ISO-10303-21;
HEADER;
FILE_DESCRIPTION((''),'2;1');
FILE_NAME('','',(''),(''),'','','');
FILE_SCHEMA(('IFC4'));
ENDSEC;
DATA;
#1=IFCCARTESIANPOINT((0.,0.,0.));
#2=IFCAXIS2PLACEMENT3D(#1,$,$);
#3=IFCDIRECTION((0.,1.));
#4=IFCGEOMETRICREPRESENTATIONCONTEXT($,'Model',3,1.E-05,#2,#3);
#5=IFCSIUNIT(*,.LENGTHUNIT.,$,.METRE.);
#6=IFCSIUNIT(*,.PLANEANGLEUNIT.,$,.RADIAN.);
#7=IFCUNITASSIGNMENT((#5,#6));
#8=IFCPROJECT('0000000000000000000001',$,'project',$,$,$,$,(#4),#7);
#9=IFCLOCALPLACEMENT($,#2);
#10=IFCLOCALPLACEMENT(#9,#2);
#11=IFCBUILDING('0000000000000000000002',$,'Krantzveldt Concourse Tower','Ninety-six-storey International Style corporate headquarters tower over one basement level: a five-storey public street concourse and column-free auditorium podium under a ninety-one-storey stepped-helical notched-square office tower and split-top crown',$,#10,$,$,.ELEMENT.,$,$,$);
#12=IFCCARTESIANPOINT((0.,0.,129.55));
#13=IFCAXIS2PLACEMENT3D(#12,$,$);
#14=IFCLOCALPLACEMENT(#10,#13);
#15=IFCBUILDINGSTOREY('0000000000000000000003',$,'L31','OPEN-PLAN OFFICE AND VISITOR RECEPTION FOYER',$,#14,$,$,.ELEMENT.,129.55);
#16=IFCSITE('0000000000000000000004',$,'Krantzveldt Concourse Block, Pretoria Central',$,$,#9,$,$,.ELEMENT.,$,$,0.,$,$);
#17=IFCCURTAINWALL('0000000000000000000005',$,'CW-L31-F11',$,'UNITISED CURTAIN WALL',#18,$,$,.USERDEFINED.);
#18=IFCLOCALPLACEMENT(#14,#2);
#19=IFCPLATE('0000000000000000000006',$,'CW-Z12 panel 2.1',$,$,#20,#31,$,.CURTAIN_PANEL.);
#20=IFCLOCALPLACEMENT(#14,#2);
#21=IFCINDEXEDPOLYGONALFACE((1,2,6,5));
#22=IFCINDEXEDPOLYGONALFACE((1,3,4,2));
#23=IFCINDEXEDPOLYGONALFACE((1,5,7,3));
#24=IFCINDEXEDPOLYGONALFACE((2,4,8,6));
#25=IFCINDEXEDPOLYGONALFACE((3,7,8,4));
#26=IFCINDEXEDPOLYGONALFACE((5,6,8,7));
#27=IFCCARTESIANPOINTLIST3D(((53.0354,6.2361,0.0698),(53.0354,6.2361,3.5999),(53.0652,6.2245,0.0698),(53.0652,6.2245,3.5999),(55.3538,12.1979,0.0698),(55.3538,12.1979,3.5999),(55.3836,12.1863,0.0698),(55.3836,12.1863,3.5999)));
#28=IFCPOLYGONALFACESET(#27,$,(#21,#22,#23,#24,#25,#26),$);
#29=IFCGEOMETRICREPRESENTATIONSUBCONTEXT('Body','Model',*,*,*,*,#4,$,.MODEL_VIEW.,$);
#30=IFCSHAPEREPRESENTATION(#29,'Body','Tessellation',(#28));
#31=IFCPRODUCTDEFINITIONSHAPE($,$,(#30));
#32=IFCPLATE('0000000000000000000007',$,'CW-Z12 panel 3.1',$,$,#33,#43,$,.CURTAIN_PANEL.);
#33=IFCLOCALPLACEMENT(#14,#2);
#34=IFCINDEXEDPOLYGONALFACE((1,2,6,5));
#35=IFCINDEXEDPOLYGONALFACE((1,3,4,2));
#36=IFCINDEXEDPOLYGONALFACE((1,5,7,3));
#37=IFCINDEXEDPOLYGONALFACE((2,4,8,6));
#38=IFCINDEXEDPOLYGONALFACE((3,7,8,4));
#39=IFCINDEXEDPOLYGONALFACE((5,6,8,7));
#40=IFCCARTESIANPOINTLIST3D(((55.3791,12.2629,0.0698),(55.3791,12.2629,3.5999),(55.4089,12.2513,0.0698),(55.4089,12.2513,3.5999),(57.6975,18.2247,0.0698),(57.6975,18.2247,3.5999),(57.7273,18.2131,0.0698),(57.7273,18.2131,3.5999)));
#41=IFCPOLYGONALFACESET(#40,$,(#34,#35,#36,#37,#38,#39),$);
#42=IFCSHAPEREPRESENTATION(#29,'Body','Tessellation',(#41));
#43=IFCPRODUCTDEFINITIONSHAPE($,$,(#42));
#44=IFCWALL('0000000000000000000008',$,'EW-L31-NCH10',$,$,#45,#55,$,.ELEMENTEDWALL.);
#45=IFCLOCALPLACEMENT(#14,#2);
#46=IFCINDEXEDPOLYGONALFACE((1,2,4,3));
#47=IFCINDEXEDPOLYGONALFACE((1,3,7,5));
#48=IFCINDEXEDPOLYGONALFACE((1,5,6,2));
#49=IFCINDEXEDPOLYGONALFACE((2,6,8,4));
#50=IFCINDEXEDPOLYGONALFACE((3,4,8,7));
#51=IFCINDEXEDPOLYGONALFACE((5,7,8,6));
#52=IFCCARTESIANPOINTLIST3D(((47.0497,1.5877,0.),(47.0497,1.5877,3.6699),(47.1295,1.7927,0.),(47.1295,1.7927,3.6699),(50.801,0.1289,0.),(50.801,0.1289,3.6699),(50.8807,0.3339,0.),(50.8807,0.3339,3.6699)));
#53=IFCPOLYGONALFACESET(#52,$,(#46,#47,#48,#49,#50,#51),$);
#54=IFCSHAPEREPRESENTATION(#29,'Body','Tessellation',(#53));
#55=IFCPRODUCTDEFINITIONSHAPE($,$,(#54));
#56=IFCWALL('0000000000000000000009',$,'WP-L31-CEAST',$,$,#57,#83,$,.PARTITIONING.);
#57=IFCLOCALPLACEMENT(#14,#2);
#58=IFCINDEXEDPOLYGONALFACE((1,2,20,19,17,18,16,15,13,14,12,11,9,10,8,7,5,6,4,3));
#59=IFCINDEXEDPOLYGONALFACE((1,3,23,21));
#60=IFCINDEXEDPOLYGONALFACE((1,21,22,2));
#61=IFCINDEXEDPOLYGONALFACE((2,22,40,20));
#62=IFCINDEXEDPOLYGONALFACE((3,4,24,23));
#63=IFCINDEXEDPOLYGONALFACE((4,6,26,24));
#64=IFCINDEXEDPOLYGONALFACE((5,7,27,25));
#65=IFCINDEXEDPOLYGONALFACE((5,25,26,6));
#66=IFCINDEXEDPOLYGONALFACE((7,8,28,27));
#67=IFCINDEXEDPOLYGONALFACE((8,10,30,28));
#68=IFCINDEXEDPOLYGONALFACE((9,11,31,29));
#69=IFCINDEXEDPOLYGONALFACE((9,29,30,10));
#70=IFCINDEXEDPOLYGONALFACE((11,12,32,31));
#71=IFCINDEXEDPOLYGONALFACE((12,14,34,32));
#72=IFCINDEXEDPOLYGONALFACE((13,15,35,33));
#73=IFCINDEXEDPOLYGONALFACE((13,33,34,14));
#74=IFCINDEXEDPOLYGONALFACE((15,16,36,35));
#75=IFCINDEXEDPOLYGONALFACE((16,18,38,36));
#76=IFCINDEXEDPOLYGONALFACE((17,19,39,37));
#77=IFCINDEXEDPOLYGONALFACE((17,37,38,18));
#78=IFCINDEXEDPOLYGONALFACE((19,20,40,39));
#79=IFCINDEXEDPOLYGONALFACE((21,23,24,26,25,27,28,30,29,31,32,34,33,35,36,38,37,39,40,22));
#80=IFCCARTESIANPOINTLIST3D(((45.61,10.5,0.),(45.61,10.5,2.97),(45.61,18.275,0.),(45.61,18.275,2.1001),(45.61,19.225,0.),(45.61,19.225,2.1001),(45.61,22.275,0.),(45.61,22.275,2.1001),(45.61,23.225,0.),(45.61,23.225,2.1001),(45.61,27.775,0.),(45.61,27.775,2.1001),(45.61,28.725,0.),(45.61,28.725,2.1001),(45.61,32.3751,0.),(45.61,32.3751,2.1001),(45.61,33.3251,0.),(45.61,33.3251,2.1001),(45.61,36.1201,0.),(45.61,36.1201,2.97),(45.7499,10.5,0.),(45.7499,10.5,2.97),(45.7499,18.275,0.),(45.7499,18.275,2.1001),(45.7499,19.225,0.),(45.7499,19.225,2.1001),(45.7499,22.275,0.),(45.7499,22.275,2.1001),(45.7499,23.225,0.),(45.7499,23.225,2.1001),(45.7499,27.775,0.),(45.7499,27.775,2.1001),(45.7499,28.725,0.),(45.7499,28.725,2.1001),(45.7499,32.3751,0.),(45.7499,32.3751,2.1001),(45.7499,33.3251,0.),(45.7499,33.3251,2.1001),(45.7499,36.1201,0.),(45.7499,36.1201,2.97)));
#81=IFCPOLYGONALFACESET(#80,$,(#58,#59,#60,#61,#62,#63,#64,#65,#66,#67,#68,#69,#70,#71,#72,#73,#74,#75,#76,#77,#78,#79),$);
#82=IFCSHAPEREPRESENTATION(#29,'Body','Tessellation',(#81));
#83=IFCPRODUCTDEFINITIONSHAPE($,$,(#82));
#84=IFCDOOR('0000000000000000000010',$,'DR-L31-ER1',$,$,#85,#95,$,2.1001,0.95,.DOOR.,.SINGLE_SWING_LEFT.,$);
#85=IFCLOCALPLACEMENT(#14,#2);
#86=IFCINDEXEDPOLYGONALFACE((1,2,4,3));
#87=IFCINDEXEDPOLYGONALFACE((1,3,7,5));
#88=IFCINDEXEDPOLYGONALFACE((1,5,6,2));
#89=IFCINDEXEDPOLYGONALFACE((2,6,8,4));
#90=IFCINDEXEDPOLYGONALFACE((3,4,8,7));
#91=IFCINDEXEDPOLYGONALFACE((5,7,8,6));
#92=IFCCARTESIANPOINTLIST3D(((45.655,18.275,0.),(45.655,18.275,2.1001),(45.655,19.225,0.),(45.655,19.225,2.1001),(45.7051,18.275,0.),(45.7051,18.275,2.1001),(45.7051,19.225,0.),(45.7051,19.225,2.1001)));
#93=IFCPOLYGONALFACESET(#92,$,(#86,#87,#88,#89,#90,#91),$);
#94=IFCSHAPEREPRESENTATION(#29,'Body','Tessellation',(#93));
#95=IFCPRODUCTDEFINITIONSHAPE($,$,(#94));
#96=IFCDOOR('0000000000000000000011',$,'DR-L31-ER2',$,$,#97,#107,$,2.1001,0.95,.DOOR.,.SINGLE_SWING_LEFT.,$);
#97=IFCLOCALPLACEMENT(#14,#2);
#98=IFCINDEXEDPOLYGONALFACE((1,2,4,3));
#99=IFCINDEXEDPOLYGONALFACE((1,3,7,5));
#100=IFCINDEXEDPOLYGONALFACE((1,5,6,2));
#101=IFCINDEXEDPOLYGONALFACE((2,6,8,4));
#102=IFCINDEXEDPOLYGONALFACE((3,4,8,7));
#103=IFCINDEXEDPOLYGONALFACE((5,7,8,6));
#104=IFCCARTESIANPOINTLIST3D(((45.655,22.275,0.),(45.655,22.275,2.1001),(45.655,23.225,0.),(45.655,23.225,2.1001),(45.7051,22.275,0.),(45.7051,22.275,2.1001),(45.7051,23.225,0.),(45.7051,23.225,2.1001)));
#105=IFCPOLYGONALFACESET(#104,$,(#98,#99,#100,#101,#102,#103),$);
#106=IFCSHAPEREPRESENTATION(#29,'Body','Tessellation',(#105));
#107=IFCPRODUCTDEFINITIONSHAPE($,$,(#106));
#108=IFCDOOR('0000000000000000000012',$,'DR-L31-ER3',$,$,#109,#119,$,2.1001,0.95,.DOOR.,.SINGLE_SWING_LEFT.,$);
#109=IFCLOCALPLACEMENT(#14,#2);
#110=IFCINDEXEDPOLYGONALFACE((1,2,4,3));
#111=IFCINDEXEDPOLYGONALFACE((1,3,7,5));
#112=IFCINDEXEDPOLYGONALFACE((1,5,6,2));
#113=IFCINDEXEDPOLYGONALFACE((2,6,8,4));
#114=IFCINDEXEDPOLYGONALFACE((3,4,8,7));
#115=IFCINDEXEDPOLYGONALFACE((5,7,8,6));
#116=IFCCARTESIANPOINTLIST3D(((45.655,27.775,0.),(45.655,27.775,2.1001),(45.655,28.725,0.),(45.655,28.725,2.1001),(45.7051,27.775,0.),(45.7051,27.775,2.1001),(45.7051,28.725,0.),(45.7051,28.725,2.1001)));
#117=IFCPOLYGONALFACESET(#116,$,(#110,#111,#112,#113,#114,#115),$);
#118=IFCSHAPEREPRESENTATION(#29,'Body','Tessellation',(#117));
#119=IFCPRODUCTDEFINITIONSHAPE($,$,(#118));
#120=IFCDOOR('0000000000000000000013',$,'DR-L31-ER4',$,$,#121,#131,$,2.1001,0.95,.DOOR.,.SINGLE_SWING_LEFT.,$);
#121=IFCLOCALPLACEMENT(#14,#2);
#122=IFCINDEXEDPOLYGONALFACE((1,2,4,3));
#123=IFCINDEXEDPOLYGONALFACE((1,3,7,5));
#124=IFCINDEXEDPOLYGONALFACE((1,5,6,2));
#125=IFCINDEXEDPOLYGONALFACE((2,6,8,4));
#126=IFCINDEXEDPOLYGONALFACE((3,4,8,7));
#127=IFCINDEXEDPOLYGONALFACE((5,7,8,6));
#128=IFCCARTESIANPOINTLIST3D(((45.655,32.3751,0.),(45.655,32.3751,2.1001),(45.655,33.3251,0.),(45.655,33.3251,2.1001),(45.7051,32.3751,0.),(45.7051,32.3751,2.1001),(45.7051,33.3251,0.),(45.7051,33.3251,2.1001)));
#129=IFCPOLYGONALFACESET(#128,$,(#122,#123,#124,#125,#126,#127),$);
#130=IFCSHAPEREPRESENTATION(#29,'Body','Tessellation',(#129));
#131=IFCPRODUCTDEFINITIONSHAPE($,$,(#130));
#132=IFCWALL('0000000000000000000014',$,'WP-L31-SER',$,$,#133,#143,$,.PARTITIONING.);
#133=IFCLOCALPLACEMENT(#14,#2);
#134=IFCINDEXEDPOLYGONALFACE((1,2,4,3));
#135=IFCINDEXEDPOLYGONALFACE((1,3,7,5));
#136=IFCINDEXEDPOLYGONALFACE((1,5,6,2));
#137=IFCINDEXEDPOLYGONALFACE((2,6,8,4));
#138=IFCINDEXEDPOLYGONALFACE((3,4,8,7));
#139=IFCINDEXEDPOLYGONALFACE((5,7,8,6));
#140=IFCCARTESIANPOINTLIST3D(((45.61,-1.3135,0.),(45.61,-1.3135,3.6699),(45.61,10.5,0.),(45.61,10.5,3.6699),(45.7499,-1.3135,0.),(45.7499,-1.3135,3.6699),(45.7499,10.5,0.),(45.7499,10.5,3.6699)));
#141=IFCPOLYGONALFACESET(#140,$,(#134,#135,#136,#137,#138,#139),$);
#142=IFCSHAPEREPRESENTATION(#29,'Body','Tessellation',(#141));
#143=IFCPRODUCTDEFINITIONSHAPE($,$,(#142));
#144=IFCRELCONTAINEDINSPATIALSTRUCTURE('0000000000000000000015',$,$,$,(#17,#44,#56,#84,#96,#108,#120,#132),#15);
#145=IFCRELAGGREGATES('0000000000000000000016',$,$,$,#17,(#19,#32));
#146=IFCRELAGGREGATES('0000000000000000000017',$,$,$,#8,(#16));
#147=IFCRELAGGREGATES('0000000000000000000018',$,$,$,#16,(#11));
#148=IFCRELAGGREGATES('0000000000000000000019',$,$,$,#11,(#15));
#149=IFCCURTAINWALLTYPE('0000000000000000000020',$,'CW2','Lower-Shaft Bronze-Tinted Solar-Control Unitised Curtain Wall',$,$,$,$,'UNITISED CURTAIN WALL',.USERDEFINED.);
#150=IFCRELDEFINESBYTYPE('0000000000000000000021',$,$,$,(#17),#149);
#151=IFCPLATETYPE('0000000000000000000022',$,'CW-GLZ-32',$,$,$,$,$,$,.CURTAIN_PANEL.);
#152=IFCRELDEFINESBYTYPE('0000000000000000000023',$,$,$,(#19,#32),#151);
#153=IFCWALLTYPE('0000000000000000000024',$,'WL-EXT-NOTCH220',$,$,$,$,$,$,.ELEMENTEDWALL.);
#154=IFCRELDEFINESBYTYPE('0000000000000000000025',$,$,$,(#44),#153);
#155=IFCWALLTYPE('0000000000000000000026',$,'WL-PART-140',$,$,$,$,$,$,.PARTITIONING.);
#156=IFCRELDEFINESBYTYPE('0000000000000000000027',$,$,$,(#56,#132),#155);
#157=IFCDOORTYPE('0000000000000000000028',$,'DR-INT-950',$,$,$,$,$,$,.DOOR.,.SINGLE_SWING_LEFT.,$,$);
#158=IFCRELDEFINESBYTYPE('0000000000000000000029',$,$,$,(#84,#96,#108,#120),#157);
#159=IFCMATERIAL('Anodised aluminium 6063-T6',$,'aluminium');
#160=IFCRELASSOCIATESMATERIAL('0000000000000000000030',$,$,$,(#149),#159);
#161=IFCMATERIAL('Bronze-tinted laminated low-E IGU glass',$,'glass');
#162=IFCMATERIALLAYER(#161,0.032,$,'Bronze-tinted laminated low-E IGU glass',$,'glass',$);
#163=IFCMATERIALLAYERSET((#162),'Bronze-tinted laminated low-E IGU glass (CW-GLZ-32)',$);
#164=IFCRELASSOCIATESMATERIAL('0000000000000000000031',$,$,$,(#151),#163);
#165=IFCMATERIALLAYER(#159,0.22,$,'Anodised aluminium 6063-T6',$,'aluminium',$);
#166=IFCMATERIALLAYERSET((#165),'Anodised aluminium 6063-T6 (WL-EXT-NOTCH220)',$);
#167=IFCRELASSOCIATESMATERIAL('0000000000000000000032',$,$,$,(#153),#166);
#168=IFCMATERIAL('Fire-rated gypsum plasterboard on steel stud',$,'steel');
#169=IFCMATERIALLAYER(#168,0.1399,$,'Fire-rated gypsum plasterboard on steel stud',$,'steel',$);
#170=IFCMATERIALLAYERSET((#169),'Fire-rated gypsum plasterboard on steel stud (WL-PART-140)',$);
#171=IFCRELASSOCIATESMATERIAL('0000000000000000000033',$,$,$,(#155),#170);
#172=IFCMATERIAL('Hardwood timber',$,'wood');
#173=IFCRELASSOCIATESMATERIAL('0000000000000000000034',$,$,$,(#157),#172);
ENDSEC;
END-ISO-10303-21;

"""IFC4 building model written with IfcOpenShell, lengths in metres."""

from ifc_helpers import new_model, si_unit, direction, frame, frame_2d, origin, origin_2d, place, context, subcontext, project, spatial, rectangle, extrude, source, transform, mapped, material, layer, layer_set, type_object, element, fill, aggregate, save


model = new_model("IFC4")

# Units and contexts
model_context = context("Model", 3, precision=1e-05, world=origin(), true_north=direction((0.0, 1.0)))
body_context = subcontext(model_context, "Body", "Model", "MODEL_VIEW")
ifc_project = project(units=[si_unit("LENGTHUNIT", "METRE"), si_unit("PLANEANGLEUNIT", "RADIAN")], contexts=[model_context])

# Site, building, storey
site_placement = place(None, origin())
site = spatial("IfcSite", under=ifc_project, at=site_placement, Name="Krantzveldt Concourse Block, Pretoria Central", CompositionType="ELEMENT", RefElevation=0.0)
building_placement = place(site_placement, origin())
building = spatial("IfcBuilding", under=site, at=building_placement, Name="Krantzveldt Concourse Tower", Description="Ninety-six-storey International Style corporate headquarters tower over one basement level: a five-storey public street concourse and column-free auditorium podium under a ninety-one-storey stepped-helical notched-square office tower and split-top crown", CompositionType="ELEMENT")
storey_placement = place(building_placement, frame((0.0, 0.0, 129.55)))
storey = spatial("IfcBuildingStorey", under=building, at=storey_placement, Name="L31", Description="OPEN-PLAN OFFICE AND VISITOR RECEPTION FOYER", CompositionType="ELEMENT", Elevation=129.55)

# Curtain wall, plates
ifc_material_1 = material(Name="Anodised aluminium 6063-T6", Category="aluminium")
curtain_wall_type = type_object("IfcCurtainWallType", Name="CW2", Description="Lower-Shaft Bronze-Tinted Solar-Control Unitised Curtain Wall", ElementType="UNITISED CURTAIN WALL", PredefinedType="USERDEFINED", material=ifc_material_1)
curtain_wall_placement = place(storey_placement, origin())
curtain_wall = element("IfcCurtainWall", 1, at=curtain_wall_placement, inside=storey, type_object=curtain_wall_type, Name="CW-L31-F11", ObjectType="UNITISED CURTAIN WALL", PredefinedType="USERDEFINED")
ifc_material_2 = material(Name="Bronze-tinted laminated low-E IGU glass", Category="glass")
ifc_layer_1 = layer(ifc_material_2, 0.032, Name="Bronze-tinted laminated low-E IGU glass", Category="glass")
ifc_layer_set_1 = layer_set([ifc_layer_1], Name="Bronze-tinted laminated low-E IGU glass (CW-GLZ-32)")
plate_type = type_object("IfcPlateType", Name="CW-GLZ-32", PredefinedType="CURTAIN_PANEL", material=ifc_layer_set_1)
shared_shape_1 = source(origin(), body_context, "Body", "SweptSolid", [
    extrude(rectangle(XDim=6.3967, YDim=0.032, at=origin_2d()), origin(), (0.0, 0.0, 1.0), 3.53),
])
plate_1_placement = place(storey_placement, frame((54.2095, 9.2112, 0.0698), z_axis=(0.0, 0.0, 1.0), x_axis=(0.362438, 0.932008, 0.0)))
plate_1 = element("IfcPlate", 2, at=plate_1_placement, type_object=plate_type, Name="CW-Z12 panel 2.1", PredefinedType="CURTAIN_PANEL", context=body_context, shape_type="MappedRepresentation", body=[
    mapped(shared_shape_1, transform((0.0, 0.0, 0.0), x_axis=(1.0, 0.0, 0.0), y_axis=(0.0, 1.0, 0.0), z_axis=(0.0, 0.0, 1.0), scale=1.0)),
])
plate_2_placement = place(storey_placement, frame((56.5532, 15.238, 0.0698), z_axis=(0.0, 0.0, 1.0), x_axis=(0.362438, 0.932008, 0.0)))
plate_2 = element("IfcPlate", 3, at=plate_2_placement, type_object=plate_type, Name="CW-Z12 panel 3.1", PredefinedType="CURTAIN_PANEL", context=body_context, shape_type="MappedRepresentation", body=[
    mapped(shared_shape_1, transform((0.0, 0.0, 0.0), x_axis=(1.0, 0.0, 0.0), y_axis=(0.0, 1.0, 0.0), z_axis=(0.0, 0.0, 1.0), scale=1.0)),
])
aggregate(curtain_wall, [plate_1, plate_2])

# Wall
ifc_layer_2 = layer(ifc_material_1, 0.22, Name="Anodised aluminium 6063-T6", Category="aluminium")
ifc_layer_set_2 = layer_set([ifc_layer_2], Name="Anodised aluminium 6063-T6 (WL-EXT-NOTCH220)")
wall_type_1 = type_object("IfcWallType", Name="WL-EXT-NOTCH220", PredefinedType="ELEMENTEDWALL", material=ifc_layer_set_2)
wall_1_placement = place(storey_placement, frame((47.0896, 1.6902, 0.0), z_axis=(0.0, 0.0, 1.0), x_axis=(0.93201, -0.362432, 0.0)))
element("IfcWall", 4, at=wall_1_placement, inside=storey, type_object=wall_type_1, Name="EW-L31-NCH10", PredefinedType="ELEMENTEDWALL", context=body_context, shape_type="SweptSolid", body=[
    extrude(rectangle(XDim=4.0249, YDim=0.22, at=frame_2d((2.0125, 0.0))), origin(), (0.0, 0.0, 1.0), 3.6699),
])

# Wall, openings, doors
ifc_material_3 = material(Name="Fire-rated gypsum plasterboard on steel stud", Category="steel")
ifc_layer_3 = layer(ifc_material_3, 0.1399, Name="Fire-rated gypsum plasterboard on steel stud", Category="steel")
ifc_layer_set_3 = layer_set([ifc_layer_3], Name="Fire-rated gypsum plasterboard on steel stud (WL-PART-140)")
wall_type_2 = type_object("IfcWallType", Name="WL-PART-140", PredefinedType="PARTITIONING", material=ifc_layer_set_3)
wall_2_placement = place(storey_placement, frame((45.6799, 10.5, 0.0), z_axis=(0.0, 0.0, 1.0), x_axis=(0.0, 1.0, 0.0)))
wall_2 = element("IfcWall", 5, at=wall_2_placement, inside=storey, type_object=wall_type_2, Name="WP-L31-CEAST", PredefinedType="PARTITIONING", context=body_context, shape_type="SweptSolid", body=[
    extrude(rectangle(XDim=25.6201, YDim=0.1399, at=frame_2d((12.8101, 0.0))), origin(), (0.0, 0.0, 1.0), 2.97),
])
opening_1_placement = place(wall_2_placement, frame((7.7749, 0.0, 0.0)))
opening_1 = element("IfcOpeningElement", 6, at=opening_1_placement, cuts=wall_2, PredefinedType="OPENING", context=body_context, shape_type="SweptSolid", body=[
    extrude(rectangle(XDim=0.95, YDim=2.1001, at=frame_2d((0.4751, 1.05))), frame((0.0, 0.0801, 0.0), z_axis=(0.0, -1.0, 0.0), x_axis=(1.0, 0.0, 0.0)), (0.0, 0.0, 1.0), 0.1599),
])
opening_2_placement = place(wall_2_placement, frame((11.7749, 0.0, 0.0)))
opening_2 = element("IfcOpeningElement", 7, at=opening_2_placement, cuts=wall_2, PredefinedType="OPENING", context=body_context, shape_type="SweptSolid", body=[
    extrude(rectangle(XDim=0.95, YDim=2.1001, at=frame_2d((0.4751, 1.05))), frame((0.0, 0.0801, 0.0), z_axis=(0.0, -1.0, 0.0), x_axis=(1.0, 0.0, 0.0)), (0.0, 0.0, 1.0), 0.1599),
])
opening_3_placement = place(wall_2_placement, frame((17.2749, 0.0, 0.0)))
opening_3 = element("IfcOpeningElement", 8, at=opening_3_placement, cuts=wall_2, PredefinedType="OPENING", context=body_context, shape_type="SweptSolid", body=[
    extrude(rectangle(XDim=0.95, YDim=2.1001, at=frame_2d((0.4751, 1.05))), frame((0.0, 0.0801, 0.0), z_axis=(0.0, -1.0, 0.0), x_axis=(1.0, 0.0, 0.0)), (0.0, 0.0, 1.0), 0.1599),
])
opening_4_placement = place(wall_2_placement, frame((21.875, 0.0, 0.0)))
opening_4 = element("IfcOpeningElement", 9, at=opening_4_placement, cuts=wall_2, PredefinedType="OPENING", context=body_context, shape_type="SweptSolid", body=[
    extrude(rectangle(XDim=0.95, YDim=2.1001, at=frame_2d((0.4751, 1.05))), frame((0.0, 0.0801, 0.0), z_axis=(0.0, -1.0, 0.0), x_axis=(1.0, 0.0, 0.0)), (0.0, 0.0, 1.0), 0.1599),
])
ifc_material_4 = material(Name="Hardwood timber", Category="wood")
door_type = type_object("IfcDoorType", Name="DR-INT-950", OperationType="SINGLE_SWING_LEFT", PredefinedType="DOOR", material=ifc_material_4)
door_1_placement = place(opening_1_placement, origin())
door_1 = element("IfcDoor", 10, at=door_1_placement, inside=storey, type_object=door_type, Name="DR-L31-ER1", OperationType="SINGLE_SWING_LEFT", OverallHeight=2.1001, OverallWidth=0.95, PredefinedType="DOOR", context=body_context, shape_type="SweptSolid", body=[
    extrude(rectangle(XDim=0.95, YDim=2.1001, at=frame_2d((0.4751, 1.05))), frame((0.0, 0.0249, 0.0), z_axis=(0.0, -1.0, 0.0), x_axis=(1.0, 0.0, 0.0)), (0.0, 0.0, 1.0), 0.05),
])
fill(opening_1, door_1)
door_2_placement = place(opening_2_placement, origin())
door_2 = element("IfcDoor", 11, at=door_2_placement, inside=storey, type_object=door_type, Name="DR-L31-ER2", OperationType="SINGLE_SWING_LEFT", OverallHeight=2.1001, OverallWidth=0.95, PredefinedType="DOOR", context=body_context, shape_type="SweptSolid", body=[
    extrude(rectangle(XDim=0.95, YDim=2.1001, at=frame_2d((0.4751, 1.05))), frame((0.0, 0.0249, 0.0), z_axis=(0.0, -1.0, 0.0), x_axis=(1.0, 0.0, 0.0)), (0.0, 0.0, 1.0), 0.05),
])
fill(opening_2, door_2)
door_3_placement = place(opening_3_placement, origin())
door_3 = element("IfcDoor", 12, at=door_3_placement, inside=storey, type_object=door_type, Name="DR-L31-ER3", OperationType="SINGLE_SWING_LEFT", OverallHeight=2.1001, OverallWidth=0.95, PredefinedType="DOOR", context=body_context, shape_type="SweptSolid", body=[
    extrude(rectangle(XDim=0.95, YDim=2.1001, at=frame_2d((0.4751, 1.05))), frame((0.0, 0.0249, 0.0), z_axis=(0.0, -1.0, 0.0), x_axis=(1.0, 0.0, 0.0)), (0.0, 0.0, 1.0), 0.05),
])
fill(opening_3, door_3)
door_4_placement = place(opening_4_placement, origin())
door_4 = element("IfcDoor", 13, at=door_4_placement, inside=storey, type_object=door_type, Name="DR-L31-ER4", OperationType="SINGLE_SWING_LEFT", OverallHeight=2.1001, OverallWidth=0.95, PredefinedType="DOOR", context=body_context, shape_type="SweptSolid", body=[
    extrude(rectangle(XDim=0.95, YDim=2.1001, at=frame_2d((0.4751, 1.05))), frame((0.0, 0.0249, 0.0), z_axis=(0.0, -1.0, 0.0), x_axis=(1.0, 0.0, 0.0)), (0.0, 0.0, 1.0), 0.05),
])
fill(opening_4, door_4)

# Wall
wall_3_placement = place(storey_placement, frame((45.6799, -1.3135, 0.0), z_axis=(0.0, 0.0, 1.0), x_axis=(0.0, 1.0, 0.0)))
element("IfcWall", 14, at=wall_3_placement, inside=storey, type_object=wall_type_2, Name="WP-L31-SER", PredefinedType="PARTITIONING", context=body_context, shape_type="SweptSolid", body=[
    extrude(rectangle(XDim=11.8135, YDim=0.1399, at=frame_2d((5.9067, 0.0))), origin(), (0.0, 0.0, 1.0), 3.6699),
])

save(model, "model.ifc")
